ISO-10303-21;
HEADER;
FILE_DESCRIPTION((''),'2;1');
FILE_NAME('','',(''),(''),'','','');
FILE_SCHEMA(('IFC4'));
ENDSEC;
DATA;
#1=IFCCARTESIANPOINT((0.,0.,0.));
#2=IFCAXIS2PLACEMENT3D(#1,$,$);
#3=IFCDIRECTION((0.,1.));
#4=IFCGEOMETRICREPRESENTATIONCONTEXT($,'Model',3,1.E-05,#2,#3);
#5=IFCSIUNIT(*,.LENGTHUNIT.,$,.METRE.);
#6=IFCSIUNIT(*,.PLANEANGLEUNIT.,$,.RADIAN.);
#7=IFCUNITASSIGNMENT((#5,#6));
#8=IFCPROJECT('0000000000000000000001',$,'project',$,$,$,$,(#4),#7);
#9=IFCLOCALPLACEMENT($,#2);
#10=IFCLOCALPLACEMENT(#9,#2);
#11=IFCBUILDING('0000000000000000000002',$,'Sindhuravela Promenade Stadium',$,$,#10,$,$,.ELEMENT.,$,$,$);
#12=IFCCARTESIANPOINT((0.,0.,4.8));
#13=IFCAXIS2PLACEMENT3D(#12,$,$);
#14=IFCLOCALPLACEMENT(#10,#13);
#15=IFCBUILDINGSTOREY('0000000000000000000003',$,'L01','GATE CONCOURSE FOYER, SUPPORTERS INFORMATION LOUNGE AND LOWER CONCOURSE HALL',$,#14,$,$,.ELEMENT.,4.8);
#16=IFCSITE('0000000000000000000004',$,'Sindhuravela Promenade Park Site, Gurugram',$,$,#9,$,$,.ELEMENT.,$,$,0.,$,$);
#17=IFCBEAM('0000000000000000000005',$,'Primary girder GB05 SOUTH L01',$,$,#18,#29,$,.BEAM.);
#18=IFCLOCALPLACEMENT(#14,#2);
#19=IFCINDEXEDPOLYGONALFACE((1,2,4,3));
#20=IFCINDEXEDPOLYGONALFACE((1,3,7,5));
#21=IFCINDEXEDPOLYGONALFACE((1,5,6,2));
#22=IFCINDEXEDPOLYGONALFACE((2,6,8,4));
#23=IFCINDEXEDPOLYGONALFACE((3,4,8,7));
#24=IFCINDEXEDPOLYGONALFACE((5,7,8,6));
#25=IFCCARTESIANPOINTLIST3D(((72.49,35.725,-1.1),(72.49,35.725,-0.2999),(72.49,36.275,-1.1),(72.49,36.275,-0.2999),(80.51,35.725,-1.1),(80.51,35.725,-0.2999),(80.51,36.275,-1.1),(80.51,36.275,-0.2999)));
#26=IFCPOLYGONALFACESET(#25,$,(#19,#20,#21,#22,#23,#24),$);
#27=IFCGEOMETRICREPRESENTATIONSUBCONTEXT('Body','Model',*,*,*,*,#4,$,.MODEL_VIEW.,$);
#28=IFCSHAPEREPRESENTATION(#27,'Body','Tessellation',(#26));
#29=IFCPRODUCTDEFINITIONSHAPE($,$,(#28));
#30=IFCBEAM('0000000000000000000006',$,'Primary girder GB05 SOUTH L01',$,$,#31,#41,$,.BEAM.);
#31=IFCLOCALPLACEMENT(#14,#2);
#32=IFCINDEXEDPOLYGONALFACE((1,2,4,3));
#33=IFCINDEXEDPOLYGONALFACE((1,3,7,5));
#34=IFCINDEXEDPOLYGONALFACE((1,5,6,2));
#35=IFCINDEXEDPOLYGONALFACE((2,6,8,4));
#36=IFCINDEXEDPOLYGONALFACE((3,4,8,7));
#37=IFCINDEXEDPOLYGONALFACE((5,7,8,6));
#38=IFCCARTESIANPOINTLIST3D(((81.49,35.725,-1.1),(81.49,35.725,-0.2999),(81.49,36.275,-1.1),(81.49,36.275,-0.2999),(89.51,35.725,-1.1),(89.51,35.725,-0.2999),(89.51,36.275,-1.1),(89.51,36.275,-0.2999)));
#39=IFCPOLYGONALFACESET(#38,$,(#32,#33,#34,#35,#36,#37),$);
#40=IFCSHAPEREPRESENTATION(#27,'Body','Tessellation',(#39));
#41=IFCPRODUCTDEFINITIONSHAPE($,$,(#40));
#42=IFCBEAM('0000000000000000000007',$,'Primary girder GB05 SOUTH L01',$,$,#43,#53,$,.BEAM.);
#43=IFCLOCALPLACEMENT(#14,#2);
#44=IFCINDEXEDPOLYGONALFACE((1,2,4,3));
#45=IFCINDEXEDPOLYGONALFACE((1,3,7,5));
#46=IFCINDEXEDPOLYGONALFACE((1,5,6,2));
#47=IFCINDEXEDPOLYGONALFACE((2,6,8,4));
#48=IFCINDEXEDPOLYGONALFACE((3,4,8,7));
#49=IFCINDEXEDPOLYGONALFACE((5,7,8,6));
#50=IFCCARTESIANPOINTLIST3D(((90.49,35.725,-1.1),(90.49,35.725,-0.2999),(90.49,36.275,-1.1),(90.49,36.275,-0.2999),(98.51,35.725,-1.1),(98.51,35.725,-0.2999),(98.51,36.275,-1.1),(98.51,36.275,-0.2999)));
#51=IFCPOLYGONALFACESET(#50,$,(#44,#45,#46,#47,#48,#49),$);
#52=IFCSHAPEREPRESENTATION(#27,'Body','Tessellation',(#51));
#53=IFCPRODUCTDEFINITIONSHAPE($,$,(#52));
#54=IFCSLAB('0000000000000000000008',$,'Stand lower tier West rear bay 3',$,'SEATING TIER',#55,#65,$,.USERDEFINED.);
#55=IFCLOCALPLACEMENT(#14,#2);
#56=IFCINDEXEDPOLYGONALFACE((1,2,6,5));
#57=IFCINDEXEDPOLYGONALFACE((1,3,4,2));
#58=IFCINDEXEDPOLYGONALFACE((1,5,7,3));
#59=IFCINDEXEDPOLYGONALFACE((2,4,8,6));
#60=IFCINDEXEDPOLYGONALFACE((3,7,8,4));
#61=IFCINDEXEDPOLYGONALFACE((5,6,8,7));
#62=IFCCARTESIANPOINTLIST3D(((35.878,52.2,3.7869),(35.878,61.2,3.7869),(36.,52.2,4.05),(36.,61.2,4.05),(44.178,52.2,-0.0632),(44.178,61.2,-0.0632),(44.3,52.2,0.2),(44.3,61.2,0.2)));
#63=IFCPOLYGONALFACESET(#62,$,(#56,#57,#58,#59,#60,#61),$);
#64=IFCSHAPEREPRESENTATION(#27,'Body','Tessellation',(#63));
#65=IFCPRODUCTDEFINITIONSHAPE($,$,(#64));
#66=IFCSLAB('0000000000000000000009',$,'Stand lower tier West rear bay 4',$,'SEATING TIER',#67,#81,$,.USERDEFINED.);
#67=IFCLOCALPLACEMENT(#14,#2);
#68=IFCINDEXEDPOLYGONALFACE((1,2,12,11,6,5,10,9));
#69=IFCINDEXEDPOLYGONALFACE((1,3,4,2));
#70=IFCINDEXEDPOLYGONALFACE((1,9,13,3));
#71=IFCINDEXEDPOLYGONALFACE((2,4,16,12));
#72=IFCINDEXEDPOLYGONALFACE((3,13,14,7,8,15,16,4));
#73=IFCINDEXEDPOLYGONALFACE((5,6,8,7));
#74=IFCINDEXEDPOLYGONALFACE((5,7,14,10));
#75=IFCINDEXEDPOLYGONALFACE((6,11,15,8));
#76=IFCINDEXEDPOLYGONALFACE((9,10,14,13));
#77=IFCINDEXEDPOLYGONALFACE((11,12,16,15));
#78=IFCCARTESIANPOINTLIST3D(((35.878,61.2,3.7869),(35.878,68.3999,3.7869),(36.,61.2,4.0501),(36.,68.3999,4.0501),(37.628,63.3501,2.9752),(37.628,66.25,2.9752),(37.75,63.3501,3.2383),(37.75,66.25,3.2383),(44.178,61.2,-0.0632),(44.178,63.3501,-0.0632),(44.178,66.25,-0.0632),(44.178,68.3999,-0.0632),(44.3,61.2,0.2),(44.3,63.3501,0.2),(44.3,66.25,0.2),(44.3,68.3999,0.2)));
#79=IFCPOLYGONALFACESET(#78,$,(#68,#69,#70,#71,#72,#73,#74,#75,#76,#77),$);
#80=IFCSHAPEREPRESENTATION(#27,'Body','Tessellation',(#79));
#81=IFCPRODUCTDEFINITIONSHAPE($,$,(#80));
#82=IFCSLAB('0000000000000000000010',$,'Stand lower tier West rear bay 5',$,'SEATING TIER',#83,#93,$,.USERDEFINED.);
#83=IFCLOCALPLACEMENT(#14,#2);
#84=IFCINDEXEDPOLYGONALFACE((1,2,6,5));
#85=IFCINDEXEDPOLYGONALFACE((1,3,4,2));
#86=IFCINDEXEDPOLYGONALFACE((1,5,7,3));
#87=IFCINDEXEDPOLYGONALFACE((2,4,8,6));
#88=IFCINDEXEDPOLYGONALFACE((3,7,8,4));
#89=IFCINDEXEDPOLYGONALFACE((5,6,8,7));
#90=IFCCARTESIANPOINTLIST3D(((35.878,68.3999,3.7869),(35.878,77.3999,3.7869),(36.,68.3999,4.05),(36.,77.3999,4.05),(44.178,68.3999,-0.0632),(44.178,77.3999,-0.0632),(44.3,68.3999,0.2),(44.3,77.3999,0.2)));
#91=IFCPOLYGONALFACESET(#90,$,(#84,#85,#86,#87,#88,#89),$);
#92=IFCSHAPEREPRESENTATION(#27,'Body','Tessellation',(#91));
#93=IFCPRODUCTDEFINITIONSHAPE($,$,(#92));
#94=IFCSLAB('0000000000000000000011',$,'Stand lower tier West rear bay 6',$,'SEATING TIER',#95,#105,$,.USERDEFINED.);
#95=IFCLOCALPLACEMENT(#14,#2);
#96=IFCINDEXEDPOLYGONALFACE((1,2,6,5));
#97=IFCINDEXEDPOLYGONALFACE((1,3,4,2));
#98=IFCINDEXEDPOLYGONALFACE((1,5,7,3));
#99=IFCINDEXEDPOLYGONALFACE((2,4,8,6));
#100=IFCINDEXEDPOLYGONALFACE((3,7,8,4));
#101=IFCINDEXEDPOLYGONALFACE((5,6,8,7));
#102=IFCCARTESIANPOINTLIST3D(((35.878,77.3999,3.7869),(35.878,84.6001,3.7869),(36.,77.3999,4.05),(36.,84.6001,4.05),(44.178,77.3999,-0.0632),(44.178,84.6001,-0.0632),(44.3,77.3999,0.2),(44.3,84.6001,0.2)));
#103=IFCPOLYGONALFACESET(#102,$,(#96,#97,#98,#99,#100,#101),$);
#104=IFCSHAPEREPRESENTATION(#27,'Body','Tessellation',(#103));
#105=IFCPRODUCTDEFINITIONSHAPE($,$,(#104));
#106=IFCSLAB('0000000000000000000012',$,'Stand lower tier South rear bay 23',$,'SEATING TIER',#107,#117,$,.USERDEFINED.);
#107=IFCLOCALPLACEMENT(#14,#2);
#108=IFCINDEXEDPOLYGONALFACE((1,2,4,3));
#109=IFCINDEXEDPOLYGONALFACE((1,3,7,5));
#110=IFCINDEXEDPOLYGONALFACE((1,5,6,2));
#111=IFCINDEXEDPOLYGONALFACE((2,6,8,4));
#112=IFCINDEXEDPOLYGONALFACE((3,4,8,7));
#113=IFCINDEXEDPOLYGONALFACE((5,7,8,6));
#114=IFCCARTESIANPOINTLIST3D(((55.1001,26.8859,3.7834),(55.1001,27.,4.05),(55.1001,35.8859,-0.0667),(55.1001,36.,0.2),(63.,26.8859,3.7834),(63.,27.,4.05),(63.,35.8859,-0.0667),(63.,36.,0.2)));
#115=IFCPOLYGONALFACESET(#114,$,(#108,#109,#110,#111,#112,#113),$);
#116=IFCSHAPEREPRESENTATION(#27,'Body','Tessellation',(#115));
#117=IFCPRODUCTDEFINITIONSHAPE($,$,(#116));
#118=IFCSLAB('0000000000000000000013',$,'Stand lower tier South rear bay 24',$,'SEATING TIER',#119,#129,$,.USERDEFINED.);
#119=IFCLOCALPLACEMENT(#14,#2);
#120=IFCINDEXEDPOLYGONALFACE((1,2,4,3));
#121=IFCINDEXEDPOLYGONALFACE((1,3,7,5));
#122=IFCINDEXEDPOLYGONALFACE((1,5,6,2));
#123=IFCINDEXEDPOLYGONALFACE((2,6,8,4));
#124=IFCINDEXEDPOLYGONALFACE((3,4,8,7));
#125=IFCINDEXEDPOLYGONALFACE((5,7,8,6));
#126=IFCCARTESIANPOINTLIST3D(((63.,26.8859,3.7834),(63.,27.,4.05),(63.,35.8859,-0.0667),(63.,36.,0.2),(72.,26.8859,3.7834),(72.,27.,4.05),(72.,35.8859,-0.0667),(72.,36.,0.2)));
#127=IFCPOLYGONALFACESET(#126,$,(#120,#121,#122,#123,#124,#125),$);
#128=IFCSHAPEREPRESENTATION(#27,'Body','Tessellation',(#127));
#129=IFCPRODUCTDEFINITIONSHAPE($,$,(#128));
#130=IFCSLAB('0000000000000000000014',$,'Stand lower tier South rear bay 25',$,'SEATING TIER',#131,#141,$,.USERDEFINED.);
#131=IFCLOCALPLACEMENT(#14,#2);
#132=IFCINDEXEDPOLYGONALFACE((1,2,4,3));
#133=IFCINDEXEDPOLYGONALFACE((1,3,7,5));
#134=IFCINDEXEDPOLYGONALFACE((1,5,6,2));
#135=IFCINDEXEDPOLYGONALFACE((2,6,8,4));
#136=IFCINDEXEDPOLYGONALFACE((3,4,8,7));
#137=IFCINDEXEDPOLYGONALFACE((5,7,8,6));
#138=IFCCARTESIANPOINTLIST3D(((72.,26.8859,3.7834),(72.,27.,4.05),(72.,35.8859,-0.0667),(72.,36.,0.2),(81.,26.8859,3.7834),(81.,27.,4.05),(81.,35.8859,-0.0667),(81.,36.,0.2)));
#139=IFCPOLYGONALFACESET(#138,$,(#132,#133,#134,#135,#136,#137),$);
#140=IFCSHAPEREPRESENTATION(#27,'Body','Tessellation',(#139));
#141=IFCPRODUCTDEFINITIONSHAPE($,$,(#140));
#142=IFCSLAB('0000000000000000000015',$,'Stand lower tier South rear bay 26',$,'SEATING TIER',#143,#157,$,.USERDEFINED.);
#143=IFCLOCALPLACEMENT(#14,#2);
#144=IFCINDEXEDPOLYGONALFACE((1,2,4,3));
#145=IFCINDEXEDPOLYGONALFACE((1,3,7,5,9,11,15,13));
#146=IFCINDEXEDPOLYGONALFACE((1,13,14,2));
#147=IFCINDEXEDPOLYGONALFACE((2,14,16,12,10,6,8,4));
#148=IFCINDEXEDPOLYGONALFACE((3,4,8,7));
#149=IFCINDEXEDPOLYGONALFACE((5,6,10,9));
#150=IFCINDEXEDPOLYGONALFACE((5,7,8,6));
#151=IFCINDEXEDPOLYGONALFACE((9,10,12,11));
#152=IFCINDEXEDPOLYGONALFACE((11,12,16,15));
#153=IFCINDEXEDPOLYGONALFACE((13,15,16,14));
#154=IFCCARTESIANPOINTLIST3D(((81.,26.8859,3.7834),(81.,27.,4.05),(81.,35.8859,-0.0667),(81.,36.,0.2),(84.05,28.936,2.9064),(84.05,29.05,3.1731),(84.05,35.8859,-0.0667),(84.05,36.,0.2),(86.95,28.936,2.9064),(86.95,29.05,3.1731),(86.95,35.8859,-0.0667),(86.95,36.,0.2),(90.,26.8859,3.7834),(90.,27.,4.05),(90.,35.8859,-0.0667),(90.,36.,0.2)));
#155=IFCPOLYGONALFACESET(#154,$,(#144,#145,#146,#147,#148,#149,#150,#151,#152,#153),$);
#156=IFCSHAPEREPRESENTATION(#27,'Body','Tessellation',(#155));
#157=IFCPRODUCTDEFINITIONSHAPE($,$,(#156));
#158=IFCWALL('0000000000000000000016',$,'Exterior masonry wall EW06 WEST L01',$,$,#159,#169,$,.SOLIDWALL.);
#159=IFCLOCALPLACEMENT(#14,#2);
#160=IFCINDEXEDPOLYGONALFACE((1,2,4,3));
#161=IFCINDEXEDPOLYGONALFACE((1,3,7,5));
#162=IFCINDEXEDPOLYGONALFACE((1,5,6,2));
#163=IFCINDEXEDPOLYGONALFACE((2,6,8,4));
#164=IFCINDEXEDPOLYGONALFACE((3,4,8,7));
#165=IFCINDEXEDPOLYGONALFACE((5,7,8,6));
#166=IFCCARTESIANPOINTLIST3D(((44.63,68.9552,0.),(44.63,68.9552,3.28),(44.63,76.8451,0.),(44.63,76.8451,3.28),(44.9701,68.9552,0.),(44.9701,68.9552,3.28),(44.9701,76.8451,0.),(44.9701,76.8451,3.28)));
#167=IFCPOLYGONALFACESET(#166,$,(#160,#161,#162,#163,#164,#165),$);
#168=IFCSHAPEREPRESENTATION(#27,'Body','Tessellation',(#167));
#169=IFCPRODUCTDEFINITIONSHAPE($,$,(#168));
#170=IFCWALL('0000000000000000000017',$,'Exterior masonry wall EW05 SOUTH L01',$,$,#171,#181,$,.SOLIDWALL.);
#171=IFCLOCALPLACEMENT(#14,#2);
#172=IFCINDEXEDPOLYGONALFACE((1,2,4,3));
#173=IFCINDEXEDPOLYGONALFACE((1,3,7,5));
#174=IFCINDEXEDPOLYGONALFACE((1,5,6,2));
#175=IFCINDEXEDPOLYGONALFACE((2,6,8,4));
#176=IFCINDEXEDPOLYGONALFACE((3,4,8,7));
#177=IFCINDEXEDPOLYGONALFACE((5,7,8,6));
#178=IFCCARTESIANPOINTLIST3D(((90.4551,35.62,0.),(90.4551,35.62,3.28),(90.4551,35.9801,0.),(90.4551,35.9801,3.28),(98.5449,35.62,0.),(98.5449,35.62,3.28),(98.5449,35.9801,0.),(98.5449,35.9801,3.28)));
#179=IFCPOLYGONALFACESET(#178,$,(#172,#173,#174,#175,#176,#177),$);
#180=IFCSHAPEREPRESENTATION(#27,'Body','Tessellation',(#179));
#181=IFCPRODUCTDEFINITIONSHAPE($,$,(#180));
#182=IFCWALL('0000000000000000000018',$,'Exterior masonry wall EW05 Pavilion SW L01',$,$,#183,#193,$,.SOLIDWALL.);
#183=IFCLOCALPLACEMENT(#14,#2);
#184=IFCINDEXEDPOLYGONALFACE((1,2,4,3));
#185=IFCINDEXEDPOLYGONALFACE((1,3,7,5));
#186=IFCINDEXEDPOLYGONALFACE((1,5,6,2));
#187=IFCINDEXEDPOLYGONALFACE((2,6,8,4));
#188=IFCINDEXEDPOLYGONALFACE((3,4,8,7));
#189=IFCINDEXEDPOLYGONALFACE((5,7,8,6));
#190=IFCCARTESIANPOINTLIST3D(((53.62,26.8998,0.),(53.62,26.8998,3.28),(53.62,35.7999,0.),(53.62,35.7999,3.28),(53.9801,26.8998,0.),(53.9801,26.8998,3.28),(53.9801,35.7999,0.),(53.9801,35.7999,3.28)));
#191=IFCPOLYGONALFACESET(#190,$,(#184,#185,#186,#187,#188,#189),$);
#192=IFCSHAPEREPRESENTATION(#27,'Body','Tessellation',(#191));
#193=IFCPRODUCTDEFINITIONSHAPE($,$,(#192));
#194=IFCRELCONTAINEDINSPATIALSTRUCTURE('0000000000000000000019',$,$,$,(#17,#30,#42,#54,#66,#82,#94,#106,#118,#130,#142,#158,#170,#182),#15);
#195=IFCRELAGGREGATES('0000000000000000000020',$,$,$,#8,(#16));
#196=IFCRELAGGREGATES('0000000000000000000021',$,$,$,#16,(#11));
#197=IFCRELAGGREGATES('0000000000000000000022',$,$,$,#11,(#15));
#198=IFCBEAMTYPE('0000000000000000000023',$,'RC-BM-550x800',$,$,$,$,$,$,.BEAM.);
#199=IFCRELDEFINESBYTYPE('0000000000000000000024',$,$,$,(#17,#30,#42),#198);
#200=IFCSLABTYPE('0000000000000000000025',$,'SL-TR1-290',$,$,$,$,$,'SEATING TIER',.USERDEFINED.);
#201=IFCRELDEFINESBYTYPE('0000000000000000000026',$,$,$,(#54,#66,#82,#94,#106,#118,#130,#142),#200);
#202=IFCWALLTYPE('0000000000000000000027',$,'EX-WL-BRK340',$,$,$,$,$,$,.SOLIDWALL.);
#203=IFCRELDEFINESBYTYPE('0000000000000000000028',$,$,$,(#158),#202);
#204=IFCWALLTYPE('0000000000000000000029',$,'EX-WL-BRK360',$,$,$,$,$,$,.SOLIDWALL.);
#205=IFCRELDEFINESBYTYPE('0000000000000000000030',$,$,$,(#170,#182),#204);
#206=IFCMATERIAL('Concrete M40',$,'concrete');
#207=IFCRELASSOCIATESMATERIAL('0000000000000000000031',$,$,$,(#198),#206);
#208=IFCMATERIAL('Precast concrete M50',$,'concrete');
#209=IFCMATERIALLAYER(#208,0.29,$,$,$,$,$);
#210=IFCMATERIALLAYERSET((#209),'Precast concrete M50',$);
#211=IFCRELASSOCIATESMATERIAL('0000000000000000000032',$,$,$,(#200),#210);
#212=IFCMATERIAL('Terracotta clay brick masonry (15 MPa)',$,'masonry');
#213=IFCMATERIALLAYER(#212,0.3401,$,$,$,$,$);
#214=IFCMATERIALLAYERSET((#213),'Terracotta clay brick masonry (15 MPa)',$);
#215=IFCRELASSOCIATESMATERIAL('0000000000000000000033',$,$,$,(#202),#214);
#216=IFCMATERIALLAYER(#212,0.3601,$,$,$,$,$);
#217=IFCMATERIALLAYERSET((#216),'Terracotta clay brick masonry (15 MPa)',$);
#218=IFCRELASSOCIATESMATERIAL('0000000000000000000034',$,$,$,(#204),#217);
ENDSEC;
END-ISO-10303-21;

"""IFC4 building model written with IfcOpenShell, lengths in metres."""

from ifc_helpers import new_model, si_unit, direction, frame, frame_2d, origin, origin_2d, place, context, subcontext, project, spatial, polyline, rectangle, outline, extrude, material, layer, layer_set, material_profile, profile_set, type_object, element, save


model = new_model("IFC4")

# Units and contexts
model_context = context("Model", 3, precision=1e-05, world=origin(), true_north=direction((0.0, 1.0)))
body_context = subcontext(model_context, "Body", "Model", "MODEL_VIEW")
ifc_project = project(units=[si_unit("LENGTHUNIT", "METRE"), si_unit("PLANEANGLEUNIT", "RADIAN")], contexts=[model_context])

# Site, building, storey
site_placement = place(None, origin())
site = spatial("IfcSite", under=ifc_project, at=site_placement, Name="Sindhuravela Promenade Park Site, Gurugram", CompositionType="ELEMENT", RefElevation=0.0)
building_placement = place(site_placement, origin())
building = spatial("IfcBuilding", under=site, at=building_placement, Name="Sindhuravela Promenade Stadium", CompositionType="ELEMENT")
storey_placement = place(building_placement, frame((0.0, 0.0, 4.8)))
storey = spatial("IfcBuildingStorey", under=building, at=storey_placement, Name="L01", Description="GATE CONCOURSE FOYER, SUPPORTERS INFORMATION LOUNGE AND LOWER CONCOURSE HALL", CompositionType="ELEMENT", Elevation=4.8)

# Shared definitions
ifc_material_1 = material(Name="Concrete M40", Category="concrete")

# Beams
ifc_material_profile_1 = material_profile(ifc_material_1, rectangle(XDim=0.55, YDim=0.8, at=origin_2d()), Name="RC 550x800")
ifc_profile_set_1 = profile_set([ifc_material_profile_1], Name="Concrete M40")
beam_type_1 = type_object("IfcBeamType", Name="RC-BM-550x800", PredefinedType="BEAM", material=ifc_profile_set_1)
for number, where, z_axis, x_axis, name in (
    (1, (72.49, 36.0, -0.7), (1.0, 0.0, 0.0), (0.0, 1.0, 0.0), "Primary girder GB05 SOUTH L01"),
    (2, (81.49, 36.0, -0.7), (1.0, 0.0, 0.0), (0.0, 1.0, 0.0), "Primary girder GB05 SOUTH L01"),
    (3, (90.49, 36.0, -0.7), (1.0, 0.0, 0.0), (0.0, 1.0, 0.0), "Primary girder GB05 SOUTH L01"),
):
    element("IfcBeam", number, at=place(storey_placement, frame(where, z_axis=z_axis, x_axis=x_axis)), inside=storey, type_object=beam_type_1, Name=name, PredefinedType="BEAM", context=body_context, shape_type="SweptSolid", body=[
        extrude(rectangle(XDim=0.55, YDim=0.8, at=origin_2d()), origin(), (0.0, 0.0, 1.0), 8.02),
    ])

# Slabs
ifc_material_2 = material(Name="Precast concrete M50", Category="concrete")
ifc_layer_1 = layer(ifc_material_2, 0.29)
ifc_layer_set_1 = layer_set([ifc_layer_1], Name="Precast concrete M50")
slab_type = type_object("IfcSlabType", Name="SL-TR1-290", ElementType="SEATING TIER", PredefinedType="USERDEFINED", material=ifc_layer_set_1)
slab_1_placement = place(storey_placement, frame((44.3, 52.2, 0.2), z_axis=(0.420797, 0.0, 0.907155), x_axis=(0.0, 1.0, 0.0)))
element("IfcSlab", 4, at=slab_1_placement, inside=storey, type_object=slab_type, Name="Stand lower tier West rear bay 3", ObjectType="SEATING TIER", PredefinedType="USERDEFINED", context=body_context, shape_type="SweptSolid", body=[
    extrude(outline(polyline([(0.0, 0.0), (9.0, 0.0), (9.0, 9.1495), (0.0, 9.1495), (0.0, 0.0)])), origin(), (0.0, 0.0, -1.0), 0.29),
])
slab_2_placement = place(storey_placement, frame((44.3, 61.2, 0.2), z_axis=(0.420797, 0.0, 0.907155), x_axis=(0.0, 1.0, 0.0)))
element("IfcSlab", 5, at=slab_2_placement, inside=storey, type_object=slab_type, Name="Stand lower tier West rear bay 4", ObjectType="SEATING TIER", PredefinedType="USERDEFINED", context=body_context, shape_type="SweptSolid", body=[
    extrude(outline(polyline([(0.0, 0.0), (2.1501, 0.0), (2.1501, 7.2204), (5.05, 7.2204), (5.05, 0.0), (7.2, 0.0), (7.2, 9.1495), (0.0, 9.1495), (0.0, 0.0)])), origin(), (0.0, 0.0, -1.0), 0.29),
])
slab_3_placement = place(storey_placement, frame((44.3, 68.3999, 0.2), z_axis=(0.420797, 0.0, 0.907155), x_axis=(0.0, 1.0, 0.0)))
element("IfcSlab", 6, at=slab_3_placement, inside=storey, type_object=slab_type, Name="Stand lower tier West rear bay 5", ObjectType="SEATING TIER", PredefinedType="USERDEFINED", context=body_context, shape_type="SweptSolid", body=[
    extrude(outline(polyline([(0.0, 0.0), (9.0, 0.0), (9.0, 9.1495), (0.0, 9.1495), (0.0, 0.0)])), origin(), (0.0, 0.0, -1.0), 0.29),
])
slab_4_placement = place(storey_placement, frame((44.3, 77.3999, 0.2), z_axis=(0.420797, 0.0, 0.907155), x_axis=(0.0, 1.0, 0.0)))
element("IfcSlab", 7, at=slab_4_placement, inside=storey, type_object=slab_type, Name="Stand lower tier West rear bay 6", ObjectType="SEATING TIER", PredefinedType="USERDEFINED", context=body_context, shape_type="SweptSolid", body=[
    extrude(outline(polyline([(0.0, 0.0), (7.2002, 0.0), (7.2002, 9.1495), (0.0, 9.1495), (0.0, 0.0)])), origin(), (0.0, 0.0, -1.0), 0.29),
])
slab_5_placement = place(storey_placement, frame((63.0, 36.0, 0.2), z_axis=(0.0, 0.393311, 0.919405), x_axis=(-1.0, 0.0, 0.0)))
element("IfcSlab", 8, at=slab_5_placement, inside=storey, type_object=slab_type, Name="Stand lower tier South rear bay 23", ObjectType="SEATING TIER", PredefinedType="USERDEFINED", context=body_context, shape_type="SweptSolid", body=[
    extrude(outline(polyline([(0.0, 0.0), (7.8999, 0.0), (7.8999, 9.7889), (0.0, 9.7889), (0.0, 0.0)])), origin(), (0.0, 0.0, -1.0), 0.29),
])
for number, where, z_axis, x_axis, name in (
    (9, (72.0, 36.0, 0.2), (0.0, 0.393311, 0.919405), (-1.0, 0.0, 0.0), "Stand lower tier South rear bay 24"),
    (10, (81.0, 36.0, 0.2), (0.0, 0.393311, 0.919405), (-1.0, 0.0, 0.0), "Stand lower tier South rear bay 25"),
):
    element("IfcSlab", number, at=place(storey_placement, frame(where, z_axis=z_axis, x_axis=x_axis)), inside=storey, type_object=slab_type, Name=name, ObjectType="SEATING TIER", PredefinedType="USERDEFINED", context=body_context, shape_type="SweptSolid", body=[
        extrude(outline(polyline([(0.0, 0.0), (9.0, 0.0), (9.0, 9.7889), (0.0, 9.7889), (0.0, 0.0)])), origin(), (0.0, 0.0, -1.0), 0.29),
    ])
slab_6_placement = place(storey_placement, frame((90.0, 36.0, 0.2), z_axis=(0.0, 0.39331, 0.919406), x_axis=(-1.0, 0.0, 0.0)))
element("IfcSlab", 11, at=slab_6_placement, inside=storey, type_object=slab_type, Name="Stand lower tier South rear bay 26", ObjectType="SEATING TIER", PredefinedType="USERDEFINED", context=body_context, shape_type="SweptSolid", body=[
    extrude(outline(polyline([(0.0, 0.0), (3.05, 0.0), (3.05, 7.5592), (5.95, 7.5592), (5.95, 0.0), (9.0, 0.0), (9.0, 9.7889), (0.0, 9.7889), (0.0, 0.0)])), origin(), (0.0, 0.0, -1.0), 0.29),
])

# Walls
ifc_material_3 = material(Name="Terracotta clay brick masonry (15 MPa)", Category="masonry")
ifc_layer_2 = layer(ifc_material_3, 0.3401)
ifc_layer_set_2 = layer_set([ifc_layer_2], Name="Terracotta clay brick masonry (15 MPa)")
wall_type_1 = type_object("IfcWallType", Name="EX-WL-BRK340", PredefinedType="SOLIDWALL", material=ifc_layer_set_2)
wall_1_placement = place(storey_placement, frame((44.8, 76.845, 0.0), z_axis=(0.0, 0.0, 1.0), x_axis=(0.0, -1.0, 0.0)))
element("IfcWall", 12, at=wall_1_placement, inside=storey, type_object=wall_type_1, Name="Exterior masonry wall EW06 WEST L01", PredefinedType="SOLIDWALL", context=body_context, shape_type="SweptSolid", body=[
    extrude(rectangle(XDim=7.8899, YDim=0.3401, at=frame_2d((3.9448, 0.0))), origin(), (0.0, 0.0, 1.0), 3.28),
])
ifc_layer_3 = layer(ifc_material_3, 0.3601)
ifc_layer_set_3 = layer_set([ifc_layer_3], Name="Terracotta clay brick masonry (15 MPa)")
wall_type_2 = type_object("IfcWallType", Name="EX-WL-BRK360", PredefinedType="SOLIDWALL", material=ifc_layer_set_3)
wall_2_placement = place(storey_placement, frame((90.4551, 35.8, 0.0), z_axis=(0.0, 0.0, 1.0), x_axis=(1.0, 0.0, 0.0)))
element("IfcWall", 13, at=wall_2_placement, inside=storey, type_object=wall_type_2, Name="Exterior masonry wall EW05 SOUTH L01", PredefinedType="SOLIDWALL", context=body_context, shape_type="SweptSolid", body=[
    extrude(rectangle(XDim=8.0898, YDim=0.3601, at=frame_2d((4.0449, 0.0))), origin(), (0.0, 0.0, 1.0), 3.28),
])
wall_3_placement = place(storey_placement, frame((53.8, 35.8, 0.0), z_axis=(0.0, 0.0, 1.0), x_axis=(0.0, -1.0, 0.0)))
element("IfcWall", 14, at=wall_3_placement, inside=storey, type_object=wall_type_2, Name="Exterior masonry wall EW05 Pavilion SW L01", PredefinedType="SOLIDWALL", context=body_context, shape_type="SweptSolid", body=[
    extrude(rectangle(XDim=8.9001, YDim=0.3601, at=frame_2d((4.4502, 0.0))), origin(), (0.0, 0.0, 1.0), 3.28),
])

save(model, "model.ifc")
